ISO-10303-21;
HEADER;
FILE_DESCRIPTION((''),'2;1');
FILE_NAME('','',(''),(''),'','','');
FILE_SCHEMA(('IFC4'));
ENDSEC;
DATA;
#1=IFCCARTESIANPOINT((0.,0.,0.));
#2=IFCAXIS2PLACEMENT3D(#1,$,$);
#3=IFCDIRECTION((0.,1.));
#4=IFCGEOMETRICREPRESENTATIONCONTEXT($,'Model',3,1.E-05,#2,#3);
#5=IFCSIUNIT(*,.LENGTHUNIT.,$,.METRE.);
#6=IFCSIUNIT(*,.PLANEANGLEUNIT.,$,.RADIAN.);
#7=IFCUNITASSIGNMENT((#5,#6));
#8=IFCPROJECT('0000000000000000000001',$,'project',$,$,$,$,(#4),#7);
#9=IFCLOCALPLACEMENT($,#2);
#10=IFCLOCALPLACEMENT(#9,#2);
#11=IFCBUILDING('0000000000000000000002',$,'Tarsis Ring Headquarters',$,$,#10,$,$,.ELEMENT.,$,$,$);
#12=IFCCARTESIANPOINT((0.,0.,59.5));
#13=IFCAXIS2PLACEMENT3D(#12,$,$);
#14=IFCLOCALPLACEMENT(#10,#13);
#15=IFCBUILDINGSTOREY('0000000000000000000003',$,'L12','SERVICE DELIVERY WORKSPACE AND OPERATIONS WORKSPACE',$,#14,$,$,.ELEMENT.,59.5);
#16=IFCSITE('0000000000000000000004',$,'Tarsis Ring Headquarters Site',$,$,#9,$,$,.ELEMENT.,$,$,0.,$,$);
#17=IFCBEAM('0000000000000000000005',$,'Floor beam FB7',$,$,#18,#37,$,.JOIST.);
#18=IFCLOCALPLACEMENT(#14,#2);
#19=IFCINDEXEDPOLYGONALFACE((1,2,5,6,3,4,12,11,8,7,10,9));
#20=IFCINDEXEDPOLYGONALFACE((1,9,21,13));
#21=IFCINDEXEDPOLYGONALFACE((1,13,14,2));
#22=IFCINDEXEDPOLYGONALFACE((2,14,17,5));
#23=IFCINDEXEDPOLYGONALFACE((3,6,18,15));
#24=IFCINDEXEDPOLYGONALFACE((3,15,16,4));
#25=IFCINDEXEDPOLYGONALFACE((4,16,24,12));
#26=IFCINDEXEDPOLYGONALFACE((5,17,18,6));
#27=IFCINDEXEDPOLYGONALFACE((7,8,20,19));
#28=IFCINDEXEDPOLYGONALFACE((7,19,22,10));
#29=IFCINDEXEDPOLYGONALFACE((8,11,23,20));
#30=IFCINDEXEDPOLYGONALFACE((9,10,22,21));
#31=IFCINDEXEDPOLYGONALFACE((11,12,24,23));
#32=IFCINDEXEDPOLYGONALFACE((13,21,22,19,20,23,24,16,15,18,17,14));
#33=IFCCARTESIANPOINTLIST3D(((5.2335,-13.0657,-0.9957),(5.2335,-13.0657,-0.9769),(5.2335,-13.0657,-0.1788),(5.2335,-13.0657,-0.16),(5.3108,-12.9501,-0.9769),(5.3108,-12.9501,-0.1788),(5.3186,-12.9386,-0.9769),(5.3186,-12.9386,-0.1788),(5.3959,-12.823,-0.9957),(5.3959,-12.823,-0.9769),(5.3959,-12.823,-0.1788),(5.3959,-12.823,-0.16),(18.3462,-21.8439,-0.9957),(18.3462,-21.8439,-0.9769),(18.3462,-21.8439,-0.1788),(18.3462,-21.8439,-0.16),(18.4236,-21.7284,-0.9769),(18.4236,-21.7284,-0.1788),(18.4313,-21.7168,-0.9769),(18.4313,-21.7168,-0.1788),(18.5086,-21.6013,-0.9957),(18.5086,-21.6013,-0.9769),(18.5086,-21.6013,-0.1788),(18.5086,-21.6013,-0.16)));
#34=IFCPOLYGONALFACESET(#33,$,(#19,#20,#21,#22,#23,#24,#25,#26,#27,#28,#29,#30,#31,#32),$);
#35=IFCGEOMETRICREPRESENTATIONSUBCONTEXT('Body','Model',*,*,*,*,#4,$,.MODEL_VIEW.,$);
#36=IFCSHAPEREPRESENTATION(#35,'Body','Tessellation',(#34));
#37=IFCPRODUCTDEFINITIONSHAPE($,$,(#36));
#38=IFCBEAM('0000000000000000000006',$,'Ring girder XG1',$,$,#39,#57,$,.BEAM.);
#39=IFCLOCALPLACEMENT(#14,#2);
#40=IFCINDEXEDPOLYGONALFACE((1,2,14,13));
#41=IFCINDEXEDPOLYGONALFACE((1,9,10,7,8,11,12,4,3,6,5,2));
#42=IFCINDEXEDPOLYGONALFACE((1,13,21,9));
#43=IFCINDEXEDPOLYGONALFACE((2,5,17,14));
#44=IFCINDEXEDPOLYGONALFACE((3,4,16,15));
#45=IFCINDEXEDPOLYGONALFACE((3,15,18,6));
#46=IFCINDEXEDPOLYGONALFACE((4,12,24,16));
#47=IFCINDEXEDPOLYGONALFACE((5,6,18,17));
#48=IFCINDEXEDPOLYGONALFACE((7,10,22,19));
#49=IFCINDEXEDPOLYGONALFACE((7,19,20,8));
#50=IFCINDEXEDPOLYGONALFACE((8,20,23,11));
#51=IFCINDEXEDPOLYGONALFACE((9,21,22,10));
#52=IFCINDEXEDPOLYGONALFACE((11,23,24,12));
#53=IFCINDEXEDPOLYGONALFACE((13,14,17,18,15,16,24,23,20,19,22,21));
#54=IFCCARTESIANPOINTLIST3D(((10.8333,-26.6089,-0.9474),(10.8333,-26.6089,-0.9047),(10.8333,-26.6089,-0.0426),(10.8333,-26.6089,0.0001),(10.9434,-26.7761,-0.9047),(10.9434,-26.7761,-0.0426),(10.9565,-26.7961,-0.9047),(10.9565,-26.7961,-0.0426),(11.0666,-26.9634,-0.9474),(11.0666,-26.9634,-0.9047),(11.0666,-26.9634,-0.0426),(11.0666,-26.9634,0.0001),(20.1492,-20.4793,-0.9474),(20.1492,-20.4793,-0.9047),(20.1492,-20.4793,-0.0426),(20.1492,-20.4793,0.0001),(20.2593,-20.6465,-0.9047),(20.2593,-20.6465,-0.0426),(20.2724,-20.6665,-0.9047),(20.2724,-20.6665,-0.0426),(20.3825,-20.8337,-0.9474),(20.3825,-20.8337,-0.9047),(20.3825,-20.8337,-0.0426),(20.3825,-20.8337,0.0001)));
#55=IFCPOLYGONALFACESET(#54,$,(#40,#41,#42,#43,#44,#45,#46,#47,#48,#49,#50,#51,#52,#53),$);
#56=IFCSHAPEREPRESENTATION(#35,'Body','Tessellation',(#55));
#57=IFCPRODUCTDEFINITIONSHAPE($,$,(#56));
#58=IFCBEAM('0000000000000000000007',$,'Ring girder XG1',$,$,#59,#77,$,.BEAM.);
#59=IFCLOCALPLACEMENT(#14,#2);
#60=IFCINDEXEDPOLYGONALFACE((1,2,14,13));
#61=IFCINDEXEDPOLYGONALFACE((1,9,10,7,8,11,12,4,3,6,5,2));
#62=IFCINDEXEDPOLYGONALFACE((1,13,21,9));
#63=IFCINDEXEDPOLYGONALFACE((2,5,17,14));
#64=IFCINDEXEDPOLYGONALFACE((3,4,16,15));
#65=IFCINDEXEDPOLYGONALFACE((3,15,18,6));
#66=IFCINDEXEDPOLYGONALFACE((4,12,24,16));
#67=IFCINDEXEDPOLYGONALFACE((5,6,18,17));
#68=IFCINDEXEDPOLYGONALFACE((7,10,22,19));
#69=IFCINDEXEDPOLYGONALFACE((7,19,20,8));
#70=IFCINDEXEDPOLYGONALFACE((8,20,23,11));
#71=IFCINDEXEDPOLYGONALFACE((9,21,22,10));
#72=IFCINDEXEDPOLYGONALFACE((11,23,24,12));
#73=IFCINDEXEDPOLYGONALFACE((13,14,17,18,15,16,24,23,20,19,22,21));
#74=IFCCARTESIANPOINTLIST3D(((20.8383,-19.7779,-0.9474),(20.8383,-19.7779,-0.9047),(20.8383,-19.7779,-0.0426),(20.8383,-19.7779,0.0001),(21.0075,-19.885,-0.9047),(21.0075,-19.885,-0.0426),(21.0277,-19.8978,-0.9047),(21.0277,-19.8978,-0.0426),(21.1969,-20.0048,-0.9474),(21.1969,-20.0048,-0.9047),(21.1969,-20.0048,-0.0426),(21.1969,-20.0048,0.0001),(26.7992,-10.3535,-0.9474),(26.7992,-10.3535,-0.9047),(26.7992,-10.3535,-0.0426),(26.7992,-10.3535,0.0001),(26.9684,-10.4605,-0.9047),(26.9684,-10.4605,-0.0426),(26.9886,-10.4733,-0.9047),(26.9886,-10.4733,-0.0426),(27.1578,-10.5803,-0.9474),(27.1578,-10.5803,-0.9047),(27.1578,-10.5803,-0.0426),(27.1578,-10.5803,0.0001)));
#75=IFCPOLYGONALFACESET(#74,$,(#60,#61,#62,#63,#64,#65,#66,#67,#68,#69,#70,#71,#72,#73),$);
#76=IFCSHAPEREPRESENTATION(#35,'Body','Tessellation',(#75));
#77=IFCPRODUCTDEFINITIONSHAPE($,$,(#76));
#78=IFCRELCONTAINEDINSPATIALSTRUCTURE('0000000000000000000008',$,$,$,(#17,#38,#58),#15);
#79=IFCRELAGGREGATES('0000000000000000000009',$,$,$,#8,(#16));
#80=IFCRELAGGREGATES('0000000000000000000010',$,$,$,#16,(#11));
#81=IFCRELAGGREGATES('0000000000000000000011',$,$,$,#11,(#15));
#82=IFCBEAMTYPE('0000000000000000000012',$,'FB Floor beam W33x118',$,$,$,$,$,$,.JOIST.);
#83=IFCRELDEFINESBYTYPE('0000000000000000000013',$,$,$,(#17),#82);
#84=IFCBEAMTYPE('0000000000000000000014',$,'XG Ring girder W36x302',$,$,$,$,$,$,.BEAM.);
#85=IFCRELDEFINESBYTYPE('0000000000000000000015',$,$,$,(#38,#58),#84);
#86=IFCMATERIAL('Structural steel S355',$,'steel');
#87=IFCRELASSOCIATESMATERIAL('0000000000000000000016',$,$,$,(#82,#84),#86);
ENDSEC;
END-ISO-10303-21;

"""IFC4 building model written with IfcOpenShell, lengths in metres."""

from ifc_helpers import new_model, si_unit, direction, frame, origin, origin_2d, place, context, subcontext, project, spatial, i_section, extrude, material, material_profile, profile_set, type_object, element, save


model = new_model("IFC4")

# Units and contexts
model_context = context("Model", 3, precision=1e-05, world=origin(), true_north=direction((0.0, 1.0)))
body_context = subcontext(model_context, "Body", "Model", "MODEL_VIEW")
ifc_project = project(units=[si_unit("LENGTHUNIT", "METRE"), si_unit("PLANEANGLEUNIT", "RADIAN")], contexts=[model_context])

# Site, building, storey
site_placement = place(None, origin())
site = spatial("IfcSite", under=ifc_project, at=site_placement, Name="Tarsis Ring Headquarters Site", CompositionType="ELEMENT", RefElevation=0.0)
building_placement = place(site_placement, origin())
building = spatial("IfcBuilding", under=site, at=building_placement, Name="Tarsis Ring Headquarters", CompositionType="ELEMENT")
storey_placement = place(building_placement, frame((0.0, 0.0, 59.5)))
storey = spatial("IfcBuildingStorey", under=building, at=storey_placement, Name="L12", Description="SERVICE DELIVERY WORKSPACE AND OPERATIONS WORKSPACE", CompositionType="ELEMENT", Elevation=59.5)

# Beams
ifc_material_1 = material(Name="Structural steel S355", Category="steel")
ifc_material_profile_1 = material_profile(ifc_material_1, i_section(OverallWidth=0.292, OverallDepth=0.8357, WebThickness=0.0139, FlangeThickness=0.0188, at=origin_2d()), Name="W33x118")
ifc_profile_set_1 = profile_set([ifc_material_profile_1], Name="Structural steel S355")
beam_type_1 = type_object("IfcBeamType", Name="FB Floor beam W33x118", PredefinedType="JOIST", material=ifc_profile_set_1)
beam_1_placement = place(storey_placement, frame((5.3147, -12.9443, -0.5779), z_axis=(0.830982, -0.556299, 0.0), x_axis=(0.556299, 0.830982, 0.0)))
element("IfcBeam", 1, at=beam_1_placement, inside=storey, type_object=beam_type_1, Name="Floor beam FB7", PredefinedType="JOIST", context=body_context, shape_type="SweptSolid", body=[
    extrude(i_section(OverallWidth=0.292, OverallDepth=0.8357, WebThickness=0.0139, FlangeThickness=0.0188, at=origin_2d()), origin(), (0.0, 0.0, 1.0), 15.7798),
])
ifc_material_profile_2 = material_profile(ifc_material_1, i_section(OverallWidth=0.4243, OverallDepth=0.9475, WebThickness=0.0239, FlangeThickness=0.0427, at=origin_2d()), Name="W36x302")
ifc_profile_set_2 = profile_set([ifc_material_profile_2], Name="Structural steel S355")
beam_type_2 = type_object("IfcBeamType", Name="XG Ring girder W36x302", PredefinedType="BEAM", material=ifc_profile_set_2)
beam_2_placement = place(storey_placement, frame((10.95, -26.7861, -0.4736), z_axis=(0.835386, 0.549663, 0.0), x_axis=(-0.549663, 0.835386, 0.0)))
element("IfcBeam", 2, at=beam_2_placement, inside=storey, type_object=beam_type_2, Name="Ring girder XG1", PredefinedType="BEAM", context=body_context, shape_type="SweptSolid", body=[
    extrude(i_section(OverallWidth=0.4243, OverallDepth=0.9475, WebThickness=0.0239, FlangeThickness=0.0427, at=origin_2d()), origin(), (0.0, 0.0, 1.0), 11.1516),
])
beam_3_placement = place(storey_placement, frame((21.0176, -19.8914, -0.4736), z_axis=(0.534543, 0.845141, 0.0), x_axis=(-0.845141, 0.534543, 0.0)))
element("IfcBeam", 3, at=beam_3_placement, inside=storey, type_object=beam_type_2, Name="Ring girder XG1", PredefinedType="BEAM", context=body_context, shape_type="SweptSolid", body=[
    extrude(i_section(OverallWidth=0.4243, OverallDepth=0.9475, WebThickness=0.0239, FlangeThickness=0.0427, at=origin_2d()), origin(), (0.0, 0.0, 1.0), 11.1514),
])

save(model, "model.ifc")
